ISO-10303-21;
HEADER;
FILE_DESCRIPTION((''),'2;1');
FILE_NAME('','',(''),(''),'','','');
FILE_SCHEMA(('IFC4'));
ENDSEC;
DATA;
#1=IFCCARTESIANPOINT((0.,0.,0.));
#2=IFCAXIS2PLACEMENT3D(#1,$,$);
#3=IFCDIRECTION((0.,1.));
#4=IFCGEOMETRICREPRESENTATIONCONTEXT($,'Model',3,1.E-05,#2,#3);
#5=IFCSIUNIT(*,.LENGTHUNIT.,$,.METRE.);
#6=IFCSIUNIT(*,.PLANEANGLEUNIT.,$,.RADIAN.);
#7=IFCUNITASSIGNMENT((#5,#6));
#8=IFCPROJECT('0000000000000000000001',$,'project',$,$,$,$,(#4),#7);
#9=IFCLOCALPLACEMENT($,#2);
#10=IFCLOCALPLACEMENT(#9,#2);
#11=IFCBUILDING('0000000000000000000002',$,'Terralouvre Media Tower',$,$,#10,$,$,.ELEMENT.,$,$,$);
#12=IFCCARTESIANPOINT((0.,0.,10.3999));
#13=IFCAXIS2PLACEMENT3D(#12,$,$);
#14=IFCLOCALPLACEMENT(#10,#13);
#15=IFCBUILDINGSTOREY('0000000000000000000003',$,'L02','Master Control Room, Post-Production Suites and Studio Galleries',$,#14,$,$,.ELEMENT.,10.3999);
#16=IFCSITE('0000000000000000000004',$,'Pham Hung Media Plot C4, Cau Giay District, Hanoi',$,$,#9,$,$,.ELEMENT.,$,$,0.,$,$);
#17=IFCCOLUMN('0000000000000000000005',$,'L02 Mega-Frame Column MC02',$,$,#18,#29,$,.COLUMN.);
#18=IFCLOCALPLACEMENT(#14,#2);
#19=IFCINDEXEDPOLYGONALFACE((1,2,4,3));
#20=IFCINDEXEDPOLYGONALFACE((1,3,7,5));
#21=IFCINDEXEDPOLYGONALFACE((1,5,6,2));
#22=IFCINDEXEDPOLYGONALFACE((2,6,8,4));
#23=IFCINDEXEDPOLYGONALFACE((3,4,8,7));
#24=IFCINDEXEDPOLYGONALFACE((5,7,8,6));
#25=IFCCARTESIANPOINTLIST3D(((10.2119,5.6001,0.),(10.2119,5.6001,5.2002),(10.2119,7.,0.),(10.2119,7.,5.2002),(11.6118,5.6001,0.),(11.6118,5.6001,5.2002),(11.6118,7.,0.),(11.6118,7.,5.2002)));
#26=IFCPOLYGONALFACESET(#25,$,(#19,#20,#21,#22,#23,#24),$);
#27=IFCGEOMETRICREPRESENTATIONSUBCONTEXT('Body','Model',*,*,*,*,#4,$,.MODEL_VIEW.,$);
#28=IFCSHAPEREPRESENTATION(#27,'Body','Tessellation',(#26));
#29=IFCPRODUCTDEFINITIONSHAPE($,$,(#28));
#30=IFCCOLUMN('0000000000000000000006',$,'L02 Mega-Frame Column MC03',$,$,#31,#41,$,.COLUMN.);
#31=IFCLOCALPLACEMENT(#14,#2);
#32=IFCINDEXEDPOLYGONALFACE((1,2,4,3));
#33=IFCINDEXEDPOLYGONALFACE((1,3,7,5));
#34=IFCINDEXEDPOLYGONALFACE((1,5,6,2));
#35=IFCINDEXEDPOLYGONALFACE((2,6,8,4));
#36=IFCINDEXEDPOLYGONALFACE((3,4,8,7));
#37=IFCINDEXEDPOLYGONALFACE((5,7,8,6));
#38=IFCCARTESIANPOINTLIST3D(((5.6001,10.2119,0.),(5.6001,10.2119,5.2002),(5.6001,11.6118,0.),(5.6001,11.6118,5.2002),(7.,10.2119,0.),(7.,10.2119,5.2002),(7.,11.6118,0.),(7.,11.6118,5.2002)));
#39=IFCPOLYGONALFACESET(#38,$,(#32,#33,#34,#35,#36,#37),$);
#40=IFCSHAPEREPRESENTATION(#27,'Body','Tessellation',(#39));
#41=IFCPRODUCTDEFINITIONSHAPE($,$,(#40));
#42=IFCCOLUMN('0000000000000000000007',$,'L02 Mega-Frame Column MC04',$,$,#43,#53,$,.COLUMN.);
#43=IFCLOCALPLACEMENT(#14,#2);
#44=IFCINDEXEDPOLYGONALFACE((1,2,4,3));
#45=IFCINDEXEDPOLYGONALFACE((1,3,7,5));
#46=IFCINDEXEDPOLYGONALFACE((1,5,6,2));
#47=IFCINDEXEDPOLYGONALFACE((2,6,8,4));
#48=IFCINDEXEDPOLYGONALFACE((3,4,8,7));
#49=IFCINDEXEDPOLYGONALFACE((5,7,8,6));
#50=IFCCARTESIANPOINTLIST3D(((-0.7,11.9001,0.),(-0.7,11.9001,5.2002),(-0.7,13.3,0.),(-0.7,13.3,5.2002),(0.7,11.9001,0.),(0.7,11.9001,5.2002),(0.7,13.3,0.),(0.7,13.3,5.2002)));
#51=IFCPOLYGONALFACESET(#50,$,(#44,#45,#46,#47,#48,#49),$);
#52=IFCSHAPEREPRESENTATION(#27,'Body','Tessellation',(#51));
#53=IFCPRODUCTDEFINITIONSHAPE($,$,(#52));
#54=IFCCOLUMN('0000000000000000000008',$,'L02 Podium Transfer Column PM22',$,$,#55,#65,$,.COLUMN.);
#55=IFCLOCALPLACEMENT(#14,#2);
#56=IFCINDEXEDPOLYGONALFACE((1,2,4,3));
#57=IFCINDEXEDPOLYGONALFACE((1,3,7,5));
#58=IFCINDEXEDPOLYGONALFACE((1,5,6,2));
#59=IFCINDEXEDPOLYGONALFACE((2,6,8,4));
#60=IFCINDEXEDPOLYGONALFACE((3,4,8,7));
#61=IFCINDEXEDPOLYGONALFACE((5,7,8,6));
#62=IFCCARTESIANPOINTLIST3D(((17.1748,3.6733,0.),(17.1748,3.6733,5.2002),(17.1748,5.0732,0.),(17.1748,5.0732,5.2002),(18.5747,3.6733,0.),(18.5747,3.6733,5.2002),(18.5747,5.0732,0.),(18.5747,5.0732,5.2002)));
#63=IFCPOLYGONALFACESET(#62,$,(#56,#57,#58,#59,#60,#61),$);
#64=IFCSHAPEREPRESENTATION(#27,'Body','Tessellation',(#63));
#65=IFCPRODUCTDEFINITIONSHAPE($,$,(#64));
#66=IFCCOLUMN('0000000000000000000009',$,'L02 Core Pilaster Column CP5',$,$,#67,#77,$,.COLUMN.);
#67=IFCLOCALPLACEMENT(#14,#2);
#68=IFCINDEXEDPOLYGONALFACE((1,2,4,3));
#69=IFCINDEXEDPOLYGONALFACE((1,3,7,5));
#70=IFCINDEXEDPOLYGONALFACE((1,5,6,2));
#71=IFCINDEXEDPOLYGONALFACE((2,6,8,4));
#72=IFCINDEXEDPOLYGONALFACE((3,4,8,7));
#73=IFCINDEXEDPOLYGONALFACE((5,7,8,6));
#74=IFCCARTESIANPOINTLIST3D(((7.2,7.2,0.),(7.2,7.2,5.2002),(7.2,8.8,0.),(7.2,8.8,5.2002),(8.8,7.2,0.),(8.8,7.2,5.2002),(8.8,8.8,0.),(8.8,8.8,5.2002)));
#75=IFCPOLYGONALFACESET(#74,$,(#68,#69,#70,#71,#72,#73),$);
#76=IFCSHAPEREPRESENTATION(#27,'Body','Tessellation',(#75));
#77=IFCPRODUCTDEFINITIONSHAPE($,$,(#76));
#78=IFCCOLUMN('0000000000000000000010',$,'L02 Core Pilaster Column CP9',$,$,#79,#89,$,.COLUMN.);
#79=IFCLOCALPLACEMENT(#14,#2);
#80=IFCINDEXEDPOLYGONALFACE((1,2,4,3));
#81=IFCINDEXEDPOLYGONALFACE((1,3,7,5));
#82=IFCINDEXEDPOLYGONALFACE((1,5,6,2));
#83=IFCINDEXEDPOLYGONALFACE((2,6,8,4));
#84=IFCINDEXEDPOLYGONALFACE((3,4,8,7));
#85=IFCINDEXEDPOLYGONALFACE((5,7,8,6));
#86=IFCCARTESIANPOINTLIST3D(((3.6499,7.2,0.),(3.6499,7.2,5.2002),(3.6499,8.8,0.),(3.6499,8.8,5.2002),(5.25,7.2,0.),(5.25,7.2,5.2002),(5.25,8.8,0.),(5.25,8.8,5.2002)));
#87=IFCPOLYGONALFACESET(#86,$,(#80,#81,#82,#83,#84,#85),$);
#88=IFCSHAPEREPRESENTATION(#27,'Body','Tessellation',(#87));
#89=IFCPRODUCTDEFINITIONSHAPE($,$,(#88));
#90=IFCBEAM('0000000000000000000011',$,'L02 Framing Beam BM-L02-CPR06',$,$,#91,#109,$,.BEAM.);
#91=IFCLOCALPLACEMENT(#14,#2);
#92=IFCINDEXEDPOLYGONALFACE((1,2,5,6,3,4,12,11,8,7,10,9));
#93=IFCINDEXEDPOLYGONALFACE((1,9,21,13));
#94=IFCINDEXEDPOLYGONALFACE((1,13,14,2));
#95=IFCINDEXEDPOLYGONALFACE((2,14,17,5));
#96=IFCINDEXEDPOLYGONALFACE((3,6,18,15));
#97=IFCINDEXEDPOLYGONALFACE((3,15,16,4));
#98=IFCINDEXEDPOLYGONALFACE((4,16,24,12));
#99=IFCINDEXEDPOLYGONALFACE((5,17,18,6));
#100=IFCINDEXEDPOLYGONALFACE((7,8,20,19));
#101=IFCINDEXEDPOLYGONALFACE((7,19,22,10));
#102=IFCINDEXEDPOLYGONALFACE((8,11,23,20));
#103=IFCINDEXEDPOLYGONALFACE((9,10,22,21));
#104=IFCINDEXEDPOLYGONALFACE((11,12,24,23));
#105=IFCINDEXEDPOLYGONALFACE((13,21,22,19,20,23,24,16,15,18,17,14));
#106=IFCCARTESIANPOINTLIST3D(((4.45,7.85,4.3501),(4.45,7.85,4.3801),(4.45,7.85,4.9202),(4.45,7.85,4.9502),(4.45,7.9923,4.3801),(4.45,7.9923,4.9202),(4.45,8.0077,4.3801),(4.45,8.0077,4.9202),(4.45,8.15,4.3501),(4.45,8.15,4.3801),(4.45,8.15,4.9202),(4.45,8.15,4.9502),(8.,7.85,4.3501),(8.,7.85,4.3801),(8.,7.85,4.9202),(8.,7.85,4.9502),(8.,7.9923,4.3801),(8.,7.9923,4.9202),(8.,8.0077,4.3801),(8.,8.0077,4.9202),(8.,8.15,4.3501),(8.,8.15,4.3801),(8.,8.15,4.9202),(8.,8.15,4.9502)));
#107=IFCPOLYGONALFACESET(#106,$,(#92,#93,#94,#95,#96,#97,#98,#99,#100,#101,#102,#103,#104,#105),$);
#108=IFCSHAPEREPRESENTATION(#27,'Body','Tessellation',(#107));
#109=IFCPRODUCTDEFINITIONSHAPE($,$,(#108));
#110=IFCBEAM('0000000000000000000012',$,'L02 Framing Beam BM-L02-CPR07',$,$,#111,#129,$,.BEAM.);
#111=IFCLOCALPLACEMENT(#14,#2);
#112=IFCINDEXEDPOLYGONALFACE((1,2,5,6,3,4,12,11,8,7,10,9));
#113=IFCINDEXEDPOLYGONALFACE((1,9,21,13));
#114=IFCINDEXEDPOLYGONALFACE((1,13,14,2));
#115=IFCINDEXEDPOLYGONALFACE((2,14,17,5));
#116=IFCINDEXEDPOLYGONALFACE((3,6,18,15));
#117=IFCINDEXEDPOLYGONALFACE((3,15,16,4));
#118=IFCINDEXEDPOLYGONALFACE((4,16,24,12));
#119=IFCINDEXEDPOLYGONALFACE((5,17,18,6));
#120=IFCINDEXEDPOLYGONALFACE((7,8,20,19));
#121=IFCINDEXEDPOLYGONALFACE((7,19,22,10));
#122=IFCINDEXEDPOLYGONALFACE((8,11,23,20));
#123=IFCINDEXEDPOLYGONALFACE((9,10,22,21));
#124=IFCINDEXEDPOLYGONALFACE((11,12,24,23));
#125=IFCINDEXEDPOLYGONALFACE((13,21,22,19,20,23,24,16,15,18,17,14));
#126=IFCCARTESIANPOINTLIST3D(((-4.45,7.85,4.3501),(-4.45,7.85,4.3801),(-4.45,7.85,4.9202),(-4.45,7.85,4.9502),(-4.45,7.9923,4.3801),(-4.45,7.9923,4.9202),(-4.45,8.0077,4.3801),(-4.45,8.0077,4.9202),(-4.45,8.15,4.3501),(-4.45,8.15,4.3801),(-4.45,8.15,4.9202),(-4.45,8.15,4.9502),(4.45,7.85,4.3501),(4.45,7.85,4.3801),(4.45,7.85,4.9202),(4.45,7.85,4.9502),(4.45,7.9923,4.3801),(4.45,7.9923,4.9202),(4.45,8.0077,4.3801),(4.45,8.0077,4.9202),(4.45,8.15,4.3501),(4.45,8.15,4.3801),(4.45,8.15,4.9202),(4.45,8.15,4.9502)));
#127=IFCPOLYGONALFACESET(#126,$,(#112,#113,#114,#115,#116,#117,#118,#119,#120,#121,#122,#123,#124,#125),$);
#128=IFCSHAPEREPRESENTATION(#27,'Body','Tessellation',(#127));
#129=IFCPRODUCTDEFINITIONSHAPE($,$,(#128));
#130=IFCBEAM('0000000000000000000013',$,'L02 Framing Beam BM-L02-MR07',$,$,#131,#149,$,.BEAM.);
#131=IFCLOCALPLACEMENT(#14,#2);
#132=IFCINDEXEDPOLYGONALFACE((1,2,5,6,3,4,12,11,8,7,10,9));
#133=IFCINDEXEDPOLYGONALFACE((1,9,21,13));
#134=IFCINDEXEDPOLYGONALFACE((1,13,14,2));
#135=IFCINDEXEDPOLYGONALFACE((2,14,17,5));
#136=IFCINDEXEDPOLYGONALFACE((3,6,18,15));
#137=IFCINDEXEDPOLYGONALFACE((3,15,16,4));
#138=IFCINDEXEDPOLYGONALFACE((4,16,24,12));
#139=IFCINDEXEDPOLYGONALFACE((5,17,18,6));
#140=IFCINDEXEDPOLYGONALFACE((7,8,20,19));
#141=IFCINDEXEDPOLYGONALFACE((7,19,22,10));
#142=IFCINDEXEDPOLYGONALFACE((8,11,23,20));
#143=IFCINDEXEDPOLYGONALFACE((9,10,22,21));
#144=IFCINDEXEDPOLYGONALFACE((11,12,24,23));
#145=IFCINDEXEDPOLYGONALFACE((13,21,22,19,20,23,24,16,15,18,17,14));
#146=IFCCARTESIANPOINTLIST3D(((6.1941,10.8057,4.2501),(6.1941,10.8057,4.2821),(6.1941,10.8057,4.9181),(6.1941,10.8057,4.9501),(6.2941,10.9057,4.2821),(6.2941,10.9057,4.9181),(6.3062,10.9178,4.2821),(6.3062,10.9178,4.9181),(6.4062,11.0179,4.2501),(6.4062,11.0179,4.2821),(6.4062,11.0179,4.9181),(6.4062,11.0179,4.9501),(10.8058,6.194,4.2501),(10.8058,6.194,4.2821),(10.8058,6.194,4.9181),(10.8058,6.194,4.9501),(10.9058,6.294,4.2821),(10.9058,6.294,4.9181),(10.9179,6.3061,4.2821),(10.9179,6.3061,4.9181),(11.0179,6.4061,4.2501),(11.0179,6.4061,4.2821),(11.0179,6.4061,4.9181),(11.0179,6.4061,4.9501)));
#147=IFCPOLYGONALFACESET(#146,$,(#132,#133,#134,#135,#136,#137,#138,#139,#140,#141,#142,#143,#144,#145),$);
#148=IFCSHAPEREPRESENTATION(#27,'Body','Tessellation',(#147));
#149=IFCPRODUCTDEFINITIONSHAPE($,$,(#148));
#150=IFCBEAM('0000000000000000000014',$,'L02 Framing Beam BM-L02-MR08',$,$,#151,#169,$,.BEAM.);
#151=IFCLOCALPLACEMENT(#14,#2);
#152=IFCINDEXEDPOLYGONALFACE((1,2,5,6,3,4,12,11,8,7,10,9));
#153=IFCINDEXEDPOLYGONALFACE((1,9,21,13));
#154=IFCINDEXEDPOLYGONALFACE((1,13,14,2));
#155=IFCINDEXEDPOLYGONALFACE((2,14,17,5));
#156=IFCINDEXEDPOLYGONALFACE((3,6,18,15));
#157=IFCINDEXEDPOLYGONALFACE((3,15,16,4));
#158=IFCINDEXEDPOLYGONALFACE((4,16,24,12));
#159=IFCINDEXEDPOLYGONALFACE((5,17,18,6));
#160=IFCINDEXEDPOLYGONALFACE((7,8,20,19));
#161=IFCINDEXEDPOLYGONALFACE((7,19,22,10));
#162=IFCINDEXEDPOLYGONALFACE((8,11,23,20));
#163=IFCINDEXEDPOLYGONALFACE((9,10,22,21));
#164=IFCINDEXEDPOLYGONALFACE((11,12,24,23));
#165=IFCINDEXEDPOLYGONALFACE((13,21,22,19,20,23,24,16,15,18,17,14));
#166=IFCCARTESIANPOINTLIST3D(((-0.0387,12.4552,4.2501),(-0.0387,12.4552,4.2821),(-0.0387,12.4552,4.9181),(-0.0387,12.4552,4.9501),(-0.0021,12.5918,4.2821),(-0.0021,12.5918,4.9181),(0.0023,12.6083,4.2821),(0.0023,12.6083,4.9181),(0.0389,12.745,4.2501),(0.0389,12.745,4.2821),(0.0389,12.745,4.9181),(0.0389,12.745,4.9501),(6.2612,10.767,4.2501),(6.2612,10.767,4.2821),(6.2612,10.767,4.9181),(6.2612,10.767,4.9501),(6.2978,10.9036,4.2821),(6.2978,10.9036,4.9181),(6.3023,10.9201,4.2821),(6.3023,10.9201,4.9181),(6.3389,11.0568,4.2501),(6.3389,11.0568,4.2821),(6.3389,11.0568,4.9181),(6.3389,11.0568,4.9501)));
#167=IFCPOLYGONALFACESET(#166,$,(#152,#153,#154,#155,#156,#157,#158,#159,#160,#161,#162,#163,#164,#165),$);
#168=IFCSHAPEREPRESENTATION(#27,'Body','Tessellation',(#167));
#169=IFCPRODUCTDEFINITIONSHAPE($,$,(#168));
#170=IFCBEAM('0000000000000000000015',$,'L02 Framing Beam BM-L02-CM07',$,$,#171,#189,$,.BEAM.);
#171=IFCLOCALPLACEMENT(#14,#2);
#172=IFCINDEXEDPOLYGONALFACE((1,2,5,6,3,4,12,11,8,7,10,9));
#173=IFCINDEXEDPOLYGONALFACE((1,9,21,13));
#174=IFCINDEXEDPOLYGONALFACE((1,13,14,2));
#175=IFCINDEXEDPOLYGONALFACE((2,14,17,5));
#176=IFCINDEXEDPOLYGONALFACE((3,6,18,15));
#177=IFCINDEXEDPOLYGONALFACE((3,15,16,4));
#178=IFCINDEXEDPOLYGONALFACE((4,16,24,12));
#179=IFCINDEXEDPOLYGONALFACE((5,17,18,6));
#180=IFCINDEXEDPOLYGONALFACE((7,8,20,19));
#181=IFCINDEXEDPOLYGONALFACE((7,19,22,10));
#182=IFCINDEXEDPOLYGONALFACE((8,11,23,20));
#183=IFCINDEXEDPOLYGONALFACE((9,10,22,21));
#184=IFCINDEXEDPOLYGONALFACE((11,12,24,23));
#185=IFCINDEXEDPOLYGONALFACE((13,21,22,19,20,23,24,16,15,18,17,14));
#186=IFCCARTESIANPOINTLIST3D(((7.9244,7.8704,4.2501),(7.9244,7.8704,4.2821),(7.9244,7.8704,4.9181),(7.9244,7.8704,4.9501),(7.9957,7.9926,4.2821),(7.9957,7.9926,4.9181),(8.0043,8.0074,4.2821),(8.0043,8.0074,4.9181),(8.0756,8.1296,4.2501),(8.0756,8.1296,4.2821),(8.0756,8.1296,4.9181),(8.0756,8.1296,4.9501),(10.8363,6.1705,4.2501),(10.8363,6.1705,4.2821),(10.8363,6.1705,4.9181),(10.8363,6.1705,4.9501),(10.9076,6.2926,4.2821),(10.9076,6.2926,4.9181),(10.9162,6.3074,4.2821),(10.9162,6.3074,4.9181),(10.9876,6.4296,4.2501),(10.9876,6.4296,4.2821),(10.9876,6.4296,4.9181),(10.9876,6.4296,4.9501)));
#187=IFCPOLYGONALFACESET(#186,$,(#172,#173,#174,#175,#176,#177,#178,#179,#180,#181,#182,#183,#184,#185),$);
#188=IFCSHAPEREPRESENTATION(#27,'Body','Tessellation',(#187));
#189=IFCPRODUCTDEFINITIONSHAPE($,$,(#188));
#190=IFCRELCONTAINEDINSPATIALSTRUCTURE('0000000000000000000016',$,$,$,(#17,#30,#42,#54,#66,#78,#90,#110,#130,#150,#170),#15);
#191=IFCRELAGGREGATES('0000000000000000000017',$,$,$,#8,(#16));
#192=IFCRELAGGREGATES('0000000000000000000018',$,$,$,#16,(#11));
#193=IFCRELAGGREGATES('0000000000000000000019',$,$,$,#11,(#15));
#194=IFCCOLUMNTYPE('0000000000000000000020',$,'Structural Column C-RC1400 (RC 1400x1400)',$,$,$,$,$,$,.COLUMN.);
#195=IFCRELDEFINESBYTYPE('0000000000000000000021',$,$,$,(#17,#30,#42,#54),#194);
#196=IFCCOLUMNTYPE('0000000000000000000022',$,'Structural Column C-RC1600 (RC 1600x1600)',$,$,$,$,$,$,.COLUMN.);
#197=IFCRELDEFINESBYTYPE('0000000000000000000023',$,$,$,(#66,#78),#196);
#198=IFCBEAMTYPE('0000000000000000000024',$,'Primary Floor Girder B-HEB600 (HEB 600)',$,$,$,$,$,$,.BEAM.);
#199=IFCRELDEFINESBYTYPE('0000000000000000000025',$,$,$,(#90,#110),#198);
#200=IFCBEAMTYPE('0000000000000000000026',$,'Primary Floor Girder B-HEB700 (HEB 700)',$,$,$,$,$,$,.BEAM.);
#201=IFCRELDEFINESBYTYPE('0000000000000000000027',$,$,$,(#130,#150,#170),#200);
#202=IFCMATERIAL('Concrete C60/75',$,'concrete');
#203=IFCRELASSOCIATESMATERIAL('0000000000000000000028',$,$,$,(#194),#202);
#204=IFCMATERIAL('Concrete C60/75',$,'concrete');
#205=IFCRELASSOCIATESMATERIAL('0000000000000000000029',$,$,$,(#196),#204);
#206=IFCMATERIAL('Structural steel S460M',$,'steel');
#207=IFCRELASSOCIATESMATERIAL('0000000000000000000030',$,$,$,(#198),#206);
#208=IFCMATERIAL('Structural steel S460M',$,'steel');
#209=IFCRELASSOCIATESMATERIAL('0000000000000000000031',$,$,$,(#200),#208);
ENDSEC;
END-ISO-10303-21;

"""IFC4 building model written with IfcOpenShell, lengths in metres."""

from ifc_helpers import new_model, si_unit, direction, frame, origin, origin_2d, place, context, subcontext, project, spatial, rectangle, i_section, extrude, material, material_profile, profile_set, type_object, element, save


model = new_model("IFC4")

# Units and contexts
model_context = context("Model", 3, precision=1e-05, world=origin(), true_north=direction((0.0, 1.0)))
body_context = subcontext(model_context, "Body", "Model", "MODEL_VIEW")
ifc_project = project(units=[si_unit("LENGTHUNIT", "METRE"), si_unit("PLANEANGLEUNIT", "RADIAN")], contexts=[model_context])

# Site, building, storey
site_placement = place(None, origin())
site = spatial("IfcSite", under=ifc_project, at=site_placement, Name="Pham Hung Media Plot C4, Cau Giay District, Hanoi", CompositionType="ELEMENT", RefElevation=0.0)
building_placement = place(site_placement, origin())
building = spatial("IfcBuilding", under=site, at=building_placement, Name="Terralouvre Media Tower", CompositionType="ELEMENT")
storey_placement = place(building_placement, frame((0.0, 0.0, 10.3999)))
storey = spatial("IfcBuildingStorey", under=building, at=storey_placement, Name="L02", Description="Master Control Room, Post-Production Suites and Studio Galleries", CompositionType="ELEMENT", Elevation=10.3999)

# Columns
ifc_material_1 = material(Name="Concrete C60/75", Category="concrete")
ifc_material_profile_1 = material_profile(ifc_material_1, rectangle(XDim=1.3999, YDim=1.3999, at=origin_2d()), Name="RC 1400x1400")
ifc_profile_set_1 = profile_set([ifc_material_profile_1], Name="Concrete C60/75")
column_type_1 = type_object("IfcColumnType", Name="Structural Column C-RC1400 (RC 1400x1400)", PredefinedType="COLUMN", material=ifc_profile_set_1)
for number, where, z_axis, x_axis, name in (
    (1, (10.9119, 6.3, 0.0), (0.0, 0.0, 1.0), (1.0, 0.0, 0.0), "L02 Mega-Frame Column MC02"),
    (2, (6.3, 10.9119, 0.0), (0.0, 0.0, 1.0), (1.0, 0.0, 0.0), "L02 Mega-Frame Column MC03"),
    (3, (0.0, 12.6001, 0.0), (0.0, 0.0, 1.0), (1.0, 0.0, 0.0), "L02 Mega-Frame Column MC04"),
    (4, (17.8748, 4.3733, 0.0), (0.0, 0.0, 1.0), (1.0, 0.0, 0.0), "L02 Podium Transfer Column PM22"),
):
    element("IfcColumn", number, at=place(storey_placement, frame(where, z_axis=z_axis, x_axis=x_axis)), inside=storey, type_object=column_type_1, Name=name, PredefinedType="COLUMN", context=body_context, shape_type="SweptSolid", body=[
        extrude(rectangle(XDim=1.3999, YDim=1.3999, at=origin_2d()), origin(), (0.0, 0.0, 1.0), 5.2002),
    ])
ifc_material_2 = material(Name="Concrete C60/75", Category="concrete")
ifc_material_profile_2 = material_profile(ifc_material_2, rectangle(XDim=1.6001, YDim=1.6001, at=origin_2d()), Name="RC 1600x1600")
ifc_profile_set_2 = profile_set([ifc_material_profile_2], Name="Concrete C60/75")
column_type_2 = type_object("IfcColumnType", Name="Structural Column C-RC1600 (RC 1600x1600)", PredefinedType="COLUMN", material=ifc_profile_set_2)
for number, where, z_axis, x_axis, name in (
    (5, (8.0, 8.0, 0.0), (0.0, 0.0, 1.0), (1.0, 0.0, 0.0), "L02 Core Pilaster Column CP5"),
    (6, (4.45, 8.0, 0.0), (0.0, 0.0, 1.0), (1.0, 0.0, 0.0), "L02 Core Pilaster Column CP9"),
):
    element("IfcColumn", number, at=place(storey_placement, frame(where, z_axis=z_axis, x_axis=x_axis)), inside=storey, type_object=column_type_2, Name=name, PredefinedType="COLUMN", context=body_context, shape_type="SweptSolid", body=[
        extrude(rectangle(XDim=1.6001, YDim=1.6001, at=origin_2d()), origin(), (0.0, 0.0, 1.0), 5.2002),
    ])

# Beams
ifc_material_3 = material(Name="Structural steel S460M", Category="steel")
ifc_material_profile_3 = material_profile(ifc_material_3, i_section(OverallWidth=0.3, OverallDepth=0.6001, WebThickness=0.0154, FlangeThickness=0.03, at=origin_2d()), Name="HEB 600")
ifc_profile_set_3 = profile_set([ifc_material_profile_3], Name="Structural steel S460M")
beam_type_1 = type_object("IfcBeamType", Name="Primary Floor Girder B-HEB600 (HEB 600)", PredefinedType="BEAM", material=ifc_profile_set_3)
beam_1_placement = place(storey_placement, frame((8.0, 8.0, 4.6501), z_axis=(-1.0, 0.0, 0.0), x_axis=(0.0, -1.0, 0.0)))
element("IfcBeam", 7, at=beam_1_placement, inside=storey, type_object=beam_type_1, Name="L02 Framing Beam BM-L02-CPR06", PredefinedType="BEAM", context=body_context, shape_type="SweptSolid", body=[
    extrude(i_section(OverallWidth=0.3, OverallDepth=0.6001, WebThickness=0.0154, FlangeThickness=0.03, at=origin_2d()), origin(), (0.0, 0.0, 1.0), 3.55),
])
beam_2_placement = place(storey_placement, frame((4.45, 8.0, 4.6501), z_axis=(-1.0, 0.0, 0.0), x_axis=(0.0, -1.0, 0.0)))
element("IfcBeam", 8, at=beam_2_placement, inside=storey, type_object=beam_type_1, Name="L02 Framing Beam BM-L02-CPR07", PredefinedType="BEAM", context=body_context, shape_type="SweptSolid", body=[
    extrude(i_section(OverallWidth=0.3, OverallDepth=0.6001, WebThickness=0.0154, FlangeThickness=0.03, at=origin_2d()), origin(), (0.0, 0.0, 1.0), 8.8999),
])
ifc_material_4 = material(Name="Structural steel S460M", Category="steel")
ifc_material_profile_4 = material_profile(ifc_material_4, i_section(OverallWidth=0.3, OverallDepth=0.7, WebThickness=0.0171, FlangeThickness=0.032, at=origin_2d()), Name="HEB 700")
ifc_profile_set_4 = profile_set([ifc_material_profile_4], Name="Structural steel S460M")
beam_type_2 = type_object("IfcBeamType", Name="Primary Floor Girder B-HEB700 (HEB 700)", PredefinedType="BEAM", material=ifc_profile_set_4)
beam_3_placement = place(storey_placement, frame((10.9119, 6.3, 4.6001), z_axis=(-0.707107, 0.707107, 0.0), x_axis=(-0.707107, -0.707107, 0.0)))
element("IfcBeam", 9, at=beam_3_placement, inside=storey, type_object=beam_type_2, Name="L02 Framing Beam BM-L02-MR07", PredefinedType="BEAM", context=body_context, shape_type="SweptSolid", body=[
    extrude(i_section(OverallWidth=0.3, OverallDepth=0.7, WebThickness=0.0171, FlangeThickness=0.032, at=origin_2d()), origin(), (0.0, 0.0, 1.0), 6.522),
])
beam_4_placement = place(storey_placement, frame((6.3, 10.9119, 4.6001), z_axis=(-0.96592, 0.258839, 0.0), x_axis=(-0.258839, -0.96592, 0.0)))
element("IfcBeam", 10, at=beam_4_placement, inside=storey, type_object=beam_type_2, Name="L02 Framing Beam BM-L02-MR08", PredefinedType="BEAM", context=body_context, shape_type="SweptSolid", body=[
    extrude(i_section(OverallWidth=0.3, OverallDepth=0.7, WebThickness=0.0171, FlangeThickness=0.032, at=origin_2d()), origin(), (0.0, 0.0, 1.0), 6.5222),
])
for number, where, z_axis, x_axis, name in (
    (11, (8.0, 8.0, 4.6001), (0.863603, -0.504173, 0.0), (0.504173, 0.863603, 0.0), "L02 Framing Beam BM-L02-CM07"),
):
    element("IfcBeam", number, at=place(storey_placement, frame(where, z_axis=z_axis, x_axis=x_axis)), inside=storey, type_object=beam_type_2, Name=name, PredefinedType="BEAM", context=body_context, shape_type="SweptSolid", body=[
        extrude(i_section(OverallWidth=0.3, OverallDepth=0.7, WebThickness=0.0171, FlangeThickness=0.032, at=origin_2d()), origin(), (0.0, 0.0, 1.0), 3.3718),
    ])

save(model, "model.ifc")
